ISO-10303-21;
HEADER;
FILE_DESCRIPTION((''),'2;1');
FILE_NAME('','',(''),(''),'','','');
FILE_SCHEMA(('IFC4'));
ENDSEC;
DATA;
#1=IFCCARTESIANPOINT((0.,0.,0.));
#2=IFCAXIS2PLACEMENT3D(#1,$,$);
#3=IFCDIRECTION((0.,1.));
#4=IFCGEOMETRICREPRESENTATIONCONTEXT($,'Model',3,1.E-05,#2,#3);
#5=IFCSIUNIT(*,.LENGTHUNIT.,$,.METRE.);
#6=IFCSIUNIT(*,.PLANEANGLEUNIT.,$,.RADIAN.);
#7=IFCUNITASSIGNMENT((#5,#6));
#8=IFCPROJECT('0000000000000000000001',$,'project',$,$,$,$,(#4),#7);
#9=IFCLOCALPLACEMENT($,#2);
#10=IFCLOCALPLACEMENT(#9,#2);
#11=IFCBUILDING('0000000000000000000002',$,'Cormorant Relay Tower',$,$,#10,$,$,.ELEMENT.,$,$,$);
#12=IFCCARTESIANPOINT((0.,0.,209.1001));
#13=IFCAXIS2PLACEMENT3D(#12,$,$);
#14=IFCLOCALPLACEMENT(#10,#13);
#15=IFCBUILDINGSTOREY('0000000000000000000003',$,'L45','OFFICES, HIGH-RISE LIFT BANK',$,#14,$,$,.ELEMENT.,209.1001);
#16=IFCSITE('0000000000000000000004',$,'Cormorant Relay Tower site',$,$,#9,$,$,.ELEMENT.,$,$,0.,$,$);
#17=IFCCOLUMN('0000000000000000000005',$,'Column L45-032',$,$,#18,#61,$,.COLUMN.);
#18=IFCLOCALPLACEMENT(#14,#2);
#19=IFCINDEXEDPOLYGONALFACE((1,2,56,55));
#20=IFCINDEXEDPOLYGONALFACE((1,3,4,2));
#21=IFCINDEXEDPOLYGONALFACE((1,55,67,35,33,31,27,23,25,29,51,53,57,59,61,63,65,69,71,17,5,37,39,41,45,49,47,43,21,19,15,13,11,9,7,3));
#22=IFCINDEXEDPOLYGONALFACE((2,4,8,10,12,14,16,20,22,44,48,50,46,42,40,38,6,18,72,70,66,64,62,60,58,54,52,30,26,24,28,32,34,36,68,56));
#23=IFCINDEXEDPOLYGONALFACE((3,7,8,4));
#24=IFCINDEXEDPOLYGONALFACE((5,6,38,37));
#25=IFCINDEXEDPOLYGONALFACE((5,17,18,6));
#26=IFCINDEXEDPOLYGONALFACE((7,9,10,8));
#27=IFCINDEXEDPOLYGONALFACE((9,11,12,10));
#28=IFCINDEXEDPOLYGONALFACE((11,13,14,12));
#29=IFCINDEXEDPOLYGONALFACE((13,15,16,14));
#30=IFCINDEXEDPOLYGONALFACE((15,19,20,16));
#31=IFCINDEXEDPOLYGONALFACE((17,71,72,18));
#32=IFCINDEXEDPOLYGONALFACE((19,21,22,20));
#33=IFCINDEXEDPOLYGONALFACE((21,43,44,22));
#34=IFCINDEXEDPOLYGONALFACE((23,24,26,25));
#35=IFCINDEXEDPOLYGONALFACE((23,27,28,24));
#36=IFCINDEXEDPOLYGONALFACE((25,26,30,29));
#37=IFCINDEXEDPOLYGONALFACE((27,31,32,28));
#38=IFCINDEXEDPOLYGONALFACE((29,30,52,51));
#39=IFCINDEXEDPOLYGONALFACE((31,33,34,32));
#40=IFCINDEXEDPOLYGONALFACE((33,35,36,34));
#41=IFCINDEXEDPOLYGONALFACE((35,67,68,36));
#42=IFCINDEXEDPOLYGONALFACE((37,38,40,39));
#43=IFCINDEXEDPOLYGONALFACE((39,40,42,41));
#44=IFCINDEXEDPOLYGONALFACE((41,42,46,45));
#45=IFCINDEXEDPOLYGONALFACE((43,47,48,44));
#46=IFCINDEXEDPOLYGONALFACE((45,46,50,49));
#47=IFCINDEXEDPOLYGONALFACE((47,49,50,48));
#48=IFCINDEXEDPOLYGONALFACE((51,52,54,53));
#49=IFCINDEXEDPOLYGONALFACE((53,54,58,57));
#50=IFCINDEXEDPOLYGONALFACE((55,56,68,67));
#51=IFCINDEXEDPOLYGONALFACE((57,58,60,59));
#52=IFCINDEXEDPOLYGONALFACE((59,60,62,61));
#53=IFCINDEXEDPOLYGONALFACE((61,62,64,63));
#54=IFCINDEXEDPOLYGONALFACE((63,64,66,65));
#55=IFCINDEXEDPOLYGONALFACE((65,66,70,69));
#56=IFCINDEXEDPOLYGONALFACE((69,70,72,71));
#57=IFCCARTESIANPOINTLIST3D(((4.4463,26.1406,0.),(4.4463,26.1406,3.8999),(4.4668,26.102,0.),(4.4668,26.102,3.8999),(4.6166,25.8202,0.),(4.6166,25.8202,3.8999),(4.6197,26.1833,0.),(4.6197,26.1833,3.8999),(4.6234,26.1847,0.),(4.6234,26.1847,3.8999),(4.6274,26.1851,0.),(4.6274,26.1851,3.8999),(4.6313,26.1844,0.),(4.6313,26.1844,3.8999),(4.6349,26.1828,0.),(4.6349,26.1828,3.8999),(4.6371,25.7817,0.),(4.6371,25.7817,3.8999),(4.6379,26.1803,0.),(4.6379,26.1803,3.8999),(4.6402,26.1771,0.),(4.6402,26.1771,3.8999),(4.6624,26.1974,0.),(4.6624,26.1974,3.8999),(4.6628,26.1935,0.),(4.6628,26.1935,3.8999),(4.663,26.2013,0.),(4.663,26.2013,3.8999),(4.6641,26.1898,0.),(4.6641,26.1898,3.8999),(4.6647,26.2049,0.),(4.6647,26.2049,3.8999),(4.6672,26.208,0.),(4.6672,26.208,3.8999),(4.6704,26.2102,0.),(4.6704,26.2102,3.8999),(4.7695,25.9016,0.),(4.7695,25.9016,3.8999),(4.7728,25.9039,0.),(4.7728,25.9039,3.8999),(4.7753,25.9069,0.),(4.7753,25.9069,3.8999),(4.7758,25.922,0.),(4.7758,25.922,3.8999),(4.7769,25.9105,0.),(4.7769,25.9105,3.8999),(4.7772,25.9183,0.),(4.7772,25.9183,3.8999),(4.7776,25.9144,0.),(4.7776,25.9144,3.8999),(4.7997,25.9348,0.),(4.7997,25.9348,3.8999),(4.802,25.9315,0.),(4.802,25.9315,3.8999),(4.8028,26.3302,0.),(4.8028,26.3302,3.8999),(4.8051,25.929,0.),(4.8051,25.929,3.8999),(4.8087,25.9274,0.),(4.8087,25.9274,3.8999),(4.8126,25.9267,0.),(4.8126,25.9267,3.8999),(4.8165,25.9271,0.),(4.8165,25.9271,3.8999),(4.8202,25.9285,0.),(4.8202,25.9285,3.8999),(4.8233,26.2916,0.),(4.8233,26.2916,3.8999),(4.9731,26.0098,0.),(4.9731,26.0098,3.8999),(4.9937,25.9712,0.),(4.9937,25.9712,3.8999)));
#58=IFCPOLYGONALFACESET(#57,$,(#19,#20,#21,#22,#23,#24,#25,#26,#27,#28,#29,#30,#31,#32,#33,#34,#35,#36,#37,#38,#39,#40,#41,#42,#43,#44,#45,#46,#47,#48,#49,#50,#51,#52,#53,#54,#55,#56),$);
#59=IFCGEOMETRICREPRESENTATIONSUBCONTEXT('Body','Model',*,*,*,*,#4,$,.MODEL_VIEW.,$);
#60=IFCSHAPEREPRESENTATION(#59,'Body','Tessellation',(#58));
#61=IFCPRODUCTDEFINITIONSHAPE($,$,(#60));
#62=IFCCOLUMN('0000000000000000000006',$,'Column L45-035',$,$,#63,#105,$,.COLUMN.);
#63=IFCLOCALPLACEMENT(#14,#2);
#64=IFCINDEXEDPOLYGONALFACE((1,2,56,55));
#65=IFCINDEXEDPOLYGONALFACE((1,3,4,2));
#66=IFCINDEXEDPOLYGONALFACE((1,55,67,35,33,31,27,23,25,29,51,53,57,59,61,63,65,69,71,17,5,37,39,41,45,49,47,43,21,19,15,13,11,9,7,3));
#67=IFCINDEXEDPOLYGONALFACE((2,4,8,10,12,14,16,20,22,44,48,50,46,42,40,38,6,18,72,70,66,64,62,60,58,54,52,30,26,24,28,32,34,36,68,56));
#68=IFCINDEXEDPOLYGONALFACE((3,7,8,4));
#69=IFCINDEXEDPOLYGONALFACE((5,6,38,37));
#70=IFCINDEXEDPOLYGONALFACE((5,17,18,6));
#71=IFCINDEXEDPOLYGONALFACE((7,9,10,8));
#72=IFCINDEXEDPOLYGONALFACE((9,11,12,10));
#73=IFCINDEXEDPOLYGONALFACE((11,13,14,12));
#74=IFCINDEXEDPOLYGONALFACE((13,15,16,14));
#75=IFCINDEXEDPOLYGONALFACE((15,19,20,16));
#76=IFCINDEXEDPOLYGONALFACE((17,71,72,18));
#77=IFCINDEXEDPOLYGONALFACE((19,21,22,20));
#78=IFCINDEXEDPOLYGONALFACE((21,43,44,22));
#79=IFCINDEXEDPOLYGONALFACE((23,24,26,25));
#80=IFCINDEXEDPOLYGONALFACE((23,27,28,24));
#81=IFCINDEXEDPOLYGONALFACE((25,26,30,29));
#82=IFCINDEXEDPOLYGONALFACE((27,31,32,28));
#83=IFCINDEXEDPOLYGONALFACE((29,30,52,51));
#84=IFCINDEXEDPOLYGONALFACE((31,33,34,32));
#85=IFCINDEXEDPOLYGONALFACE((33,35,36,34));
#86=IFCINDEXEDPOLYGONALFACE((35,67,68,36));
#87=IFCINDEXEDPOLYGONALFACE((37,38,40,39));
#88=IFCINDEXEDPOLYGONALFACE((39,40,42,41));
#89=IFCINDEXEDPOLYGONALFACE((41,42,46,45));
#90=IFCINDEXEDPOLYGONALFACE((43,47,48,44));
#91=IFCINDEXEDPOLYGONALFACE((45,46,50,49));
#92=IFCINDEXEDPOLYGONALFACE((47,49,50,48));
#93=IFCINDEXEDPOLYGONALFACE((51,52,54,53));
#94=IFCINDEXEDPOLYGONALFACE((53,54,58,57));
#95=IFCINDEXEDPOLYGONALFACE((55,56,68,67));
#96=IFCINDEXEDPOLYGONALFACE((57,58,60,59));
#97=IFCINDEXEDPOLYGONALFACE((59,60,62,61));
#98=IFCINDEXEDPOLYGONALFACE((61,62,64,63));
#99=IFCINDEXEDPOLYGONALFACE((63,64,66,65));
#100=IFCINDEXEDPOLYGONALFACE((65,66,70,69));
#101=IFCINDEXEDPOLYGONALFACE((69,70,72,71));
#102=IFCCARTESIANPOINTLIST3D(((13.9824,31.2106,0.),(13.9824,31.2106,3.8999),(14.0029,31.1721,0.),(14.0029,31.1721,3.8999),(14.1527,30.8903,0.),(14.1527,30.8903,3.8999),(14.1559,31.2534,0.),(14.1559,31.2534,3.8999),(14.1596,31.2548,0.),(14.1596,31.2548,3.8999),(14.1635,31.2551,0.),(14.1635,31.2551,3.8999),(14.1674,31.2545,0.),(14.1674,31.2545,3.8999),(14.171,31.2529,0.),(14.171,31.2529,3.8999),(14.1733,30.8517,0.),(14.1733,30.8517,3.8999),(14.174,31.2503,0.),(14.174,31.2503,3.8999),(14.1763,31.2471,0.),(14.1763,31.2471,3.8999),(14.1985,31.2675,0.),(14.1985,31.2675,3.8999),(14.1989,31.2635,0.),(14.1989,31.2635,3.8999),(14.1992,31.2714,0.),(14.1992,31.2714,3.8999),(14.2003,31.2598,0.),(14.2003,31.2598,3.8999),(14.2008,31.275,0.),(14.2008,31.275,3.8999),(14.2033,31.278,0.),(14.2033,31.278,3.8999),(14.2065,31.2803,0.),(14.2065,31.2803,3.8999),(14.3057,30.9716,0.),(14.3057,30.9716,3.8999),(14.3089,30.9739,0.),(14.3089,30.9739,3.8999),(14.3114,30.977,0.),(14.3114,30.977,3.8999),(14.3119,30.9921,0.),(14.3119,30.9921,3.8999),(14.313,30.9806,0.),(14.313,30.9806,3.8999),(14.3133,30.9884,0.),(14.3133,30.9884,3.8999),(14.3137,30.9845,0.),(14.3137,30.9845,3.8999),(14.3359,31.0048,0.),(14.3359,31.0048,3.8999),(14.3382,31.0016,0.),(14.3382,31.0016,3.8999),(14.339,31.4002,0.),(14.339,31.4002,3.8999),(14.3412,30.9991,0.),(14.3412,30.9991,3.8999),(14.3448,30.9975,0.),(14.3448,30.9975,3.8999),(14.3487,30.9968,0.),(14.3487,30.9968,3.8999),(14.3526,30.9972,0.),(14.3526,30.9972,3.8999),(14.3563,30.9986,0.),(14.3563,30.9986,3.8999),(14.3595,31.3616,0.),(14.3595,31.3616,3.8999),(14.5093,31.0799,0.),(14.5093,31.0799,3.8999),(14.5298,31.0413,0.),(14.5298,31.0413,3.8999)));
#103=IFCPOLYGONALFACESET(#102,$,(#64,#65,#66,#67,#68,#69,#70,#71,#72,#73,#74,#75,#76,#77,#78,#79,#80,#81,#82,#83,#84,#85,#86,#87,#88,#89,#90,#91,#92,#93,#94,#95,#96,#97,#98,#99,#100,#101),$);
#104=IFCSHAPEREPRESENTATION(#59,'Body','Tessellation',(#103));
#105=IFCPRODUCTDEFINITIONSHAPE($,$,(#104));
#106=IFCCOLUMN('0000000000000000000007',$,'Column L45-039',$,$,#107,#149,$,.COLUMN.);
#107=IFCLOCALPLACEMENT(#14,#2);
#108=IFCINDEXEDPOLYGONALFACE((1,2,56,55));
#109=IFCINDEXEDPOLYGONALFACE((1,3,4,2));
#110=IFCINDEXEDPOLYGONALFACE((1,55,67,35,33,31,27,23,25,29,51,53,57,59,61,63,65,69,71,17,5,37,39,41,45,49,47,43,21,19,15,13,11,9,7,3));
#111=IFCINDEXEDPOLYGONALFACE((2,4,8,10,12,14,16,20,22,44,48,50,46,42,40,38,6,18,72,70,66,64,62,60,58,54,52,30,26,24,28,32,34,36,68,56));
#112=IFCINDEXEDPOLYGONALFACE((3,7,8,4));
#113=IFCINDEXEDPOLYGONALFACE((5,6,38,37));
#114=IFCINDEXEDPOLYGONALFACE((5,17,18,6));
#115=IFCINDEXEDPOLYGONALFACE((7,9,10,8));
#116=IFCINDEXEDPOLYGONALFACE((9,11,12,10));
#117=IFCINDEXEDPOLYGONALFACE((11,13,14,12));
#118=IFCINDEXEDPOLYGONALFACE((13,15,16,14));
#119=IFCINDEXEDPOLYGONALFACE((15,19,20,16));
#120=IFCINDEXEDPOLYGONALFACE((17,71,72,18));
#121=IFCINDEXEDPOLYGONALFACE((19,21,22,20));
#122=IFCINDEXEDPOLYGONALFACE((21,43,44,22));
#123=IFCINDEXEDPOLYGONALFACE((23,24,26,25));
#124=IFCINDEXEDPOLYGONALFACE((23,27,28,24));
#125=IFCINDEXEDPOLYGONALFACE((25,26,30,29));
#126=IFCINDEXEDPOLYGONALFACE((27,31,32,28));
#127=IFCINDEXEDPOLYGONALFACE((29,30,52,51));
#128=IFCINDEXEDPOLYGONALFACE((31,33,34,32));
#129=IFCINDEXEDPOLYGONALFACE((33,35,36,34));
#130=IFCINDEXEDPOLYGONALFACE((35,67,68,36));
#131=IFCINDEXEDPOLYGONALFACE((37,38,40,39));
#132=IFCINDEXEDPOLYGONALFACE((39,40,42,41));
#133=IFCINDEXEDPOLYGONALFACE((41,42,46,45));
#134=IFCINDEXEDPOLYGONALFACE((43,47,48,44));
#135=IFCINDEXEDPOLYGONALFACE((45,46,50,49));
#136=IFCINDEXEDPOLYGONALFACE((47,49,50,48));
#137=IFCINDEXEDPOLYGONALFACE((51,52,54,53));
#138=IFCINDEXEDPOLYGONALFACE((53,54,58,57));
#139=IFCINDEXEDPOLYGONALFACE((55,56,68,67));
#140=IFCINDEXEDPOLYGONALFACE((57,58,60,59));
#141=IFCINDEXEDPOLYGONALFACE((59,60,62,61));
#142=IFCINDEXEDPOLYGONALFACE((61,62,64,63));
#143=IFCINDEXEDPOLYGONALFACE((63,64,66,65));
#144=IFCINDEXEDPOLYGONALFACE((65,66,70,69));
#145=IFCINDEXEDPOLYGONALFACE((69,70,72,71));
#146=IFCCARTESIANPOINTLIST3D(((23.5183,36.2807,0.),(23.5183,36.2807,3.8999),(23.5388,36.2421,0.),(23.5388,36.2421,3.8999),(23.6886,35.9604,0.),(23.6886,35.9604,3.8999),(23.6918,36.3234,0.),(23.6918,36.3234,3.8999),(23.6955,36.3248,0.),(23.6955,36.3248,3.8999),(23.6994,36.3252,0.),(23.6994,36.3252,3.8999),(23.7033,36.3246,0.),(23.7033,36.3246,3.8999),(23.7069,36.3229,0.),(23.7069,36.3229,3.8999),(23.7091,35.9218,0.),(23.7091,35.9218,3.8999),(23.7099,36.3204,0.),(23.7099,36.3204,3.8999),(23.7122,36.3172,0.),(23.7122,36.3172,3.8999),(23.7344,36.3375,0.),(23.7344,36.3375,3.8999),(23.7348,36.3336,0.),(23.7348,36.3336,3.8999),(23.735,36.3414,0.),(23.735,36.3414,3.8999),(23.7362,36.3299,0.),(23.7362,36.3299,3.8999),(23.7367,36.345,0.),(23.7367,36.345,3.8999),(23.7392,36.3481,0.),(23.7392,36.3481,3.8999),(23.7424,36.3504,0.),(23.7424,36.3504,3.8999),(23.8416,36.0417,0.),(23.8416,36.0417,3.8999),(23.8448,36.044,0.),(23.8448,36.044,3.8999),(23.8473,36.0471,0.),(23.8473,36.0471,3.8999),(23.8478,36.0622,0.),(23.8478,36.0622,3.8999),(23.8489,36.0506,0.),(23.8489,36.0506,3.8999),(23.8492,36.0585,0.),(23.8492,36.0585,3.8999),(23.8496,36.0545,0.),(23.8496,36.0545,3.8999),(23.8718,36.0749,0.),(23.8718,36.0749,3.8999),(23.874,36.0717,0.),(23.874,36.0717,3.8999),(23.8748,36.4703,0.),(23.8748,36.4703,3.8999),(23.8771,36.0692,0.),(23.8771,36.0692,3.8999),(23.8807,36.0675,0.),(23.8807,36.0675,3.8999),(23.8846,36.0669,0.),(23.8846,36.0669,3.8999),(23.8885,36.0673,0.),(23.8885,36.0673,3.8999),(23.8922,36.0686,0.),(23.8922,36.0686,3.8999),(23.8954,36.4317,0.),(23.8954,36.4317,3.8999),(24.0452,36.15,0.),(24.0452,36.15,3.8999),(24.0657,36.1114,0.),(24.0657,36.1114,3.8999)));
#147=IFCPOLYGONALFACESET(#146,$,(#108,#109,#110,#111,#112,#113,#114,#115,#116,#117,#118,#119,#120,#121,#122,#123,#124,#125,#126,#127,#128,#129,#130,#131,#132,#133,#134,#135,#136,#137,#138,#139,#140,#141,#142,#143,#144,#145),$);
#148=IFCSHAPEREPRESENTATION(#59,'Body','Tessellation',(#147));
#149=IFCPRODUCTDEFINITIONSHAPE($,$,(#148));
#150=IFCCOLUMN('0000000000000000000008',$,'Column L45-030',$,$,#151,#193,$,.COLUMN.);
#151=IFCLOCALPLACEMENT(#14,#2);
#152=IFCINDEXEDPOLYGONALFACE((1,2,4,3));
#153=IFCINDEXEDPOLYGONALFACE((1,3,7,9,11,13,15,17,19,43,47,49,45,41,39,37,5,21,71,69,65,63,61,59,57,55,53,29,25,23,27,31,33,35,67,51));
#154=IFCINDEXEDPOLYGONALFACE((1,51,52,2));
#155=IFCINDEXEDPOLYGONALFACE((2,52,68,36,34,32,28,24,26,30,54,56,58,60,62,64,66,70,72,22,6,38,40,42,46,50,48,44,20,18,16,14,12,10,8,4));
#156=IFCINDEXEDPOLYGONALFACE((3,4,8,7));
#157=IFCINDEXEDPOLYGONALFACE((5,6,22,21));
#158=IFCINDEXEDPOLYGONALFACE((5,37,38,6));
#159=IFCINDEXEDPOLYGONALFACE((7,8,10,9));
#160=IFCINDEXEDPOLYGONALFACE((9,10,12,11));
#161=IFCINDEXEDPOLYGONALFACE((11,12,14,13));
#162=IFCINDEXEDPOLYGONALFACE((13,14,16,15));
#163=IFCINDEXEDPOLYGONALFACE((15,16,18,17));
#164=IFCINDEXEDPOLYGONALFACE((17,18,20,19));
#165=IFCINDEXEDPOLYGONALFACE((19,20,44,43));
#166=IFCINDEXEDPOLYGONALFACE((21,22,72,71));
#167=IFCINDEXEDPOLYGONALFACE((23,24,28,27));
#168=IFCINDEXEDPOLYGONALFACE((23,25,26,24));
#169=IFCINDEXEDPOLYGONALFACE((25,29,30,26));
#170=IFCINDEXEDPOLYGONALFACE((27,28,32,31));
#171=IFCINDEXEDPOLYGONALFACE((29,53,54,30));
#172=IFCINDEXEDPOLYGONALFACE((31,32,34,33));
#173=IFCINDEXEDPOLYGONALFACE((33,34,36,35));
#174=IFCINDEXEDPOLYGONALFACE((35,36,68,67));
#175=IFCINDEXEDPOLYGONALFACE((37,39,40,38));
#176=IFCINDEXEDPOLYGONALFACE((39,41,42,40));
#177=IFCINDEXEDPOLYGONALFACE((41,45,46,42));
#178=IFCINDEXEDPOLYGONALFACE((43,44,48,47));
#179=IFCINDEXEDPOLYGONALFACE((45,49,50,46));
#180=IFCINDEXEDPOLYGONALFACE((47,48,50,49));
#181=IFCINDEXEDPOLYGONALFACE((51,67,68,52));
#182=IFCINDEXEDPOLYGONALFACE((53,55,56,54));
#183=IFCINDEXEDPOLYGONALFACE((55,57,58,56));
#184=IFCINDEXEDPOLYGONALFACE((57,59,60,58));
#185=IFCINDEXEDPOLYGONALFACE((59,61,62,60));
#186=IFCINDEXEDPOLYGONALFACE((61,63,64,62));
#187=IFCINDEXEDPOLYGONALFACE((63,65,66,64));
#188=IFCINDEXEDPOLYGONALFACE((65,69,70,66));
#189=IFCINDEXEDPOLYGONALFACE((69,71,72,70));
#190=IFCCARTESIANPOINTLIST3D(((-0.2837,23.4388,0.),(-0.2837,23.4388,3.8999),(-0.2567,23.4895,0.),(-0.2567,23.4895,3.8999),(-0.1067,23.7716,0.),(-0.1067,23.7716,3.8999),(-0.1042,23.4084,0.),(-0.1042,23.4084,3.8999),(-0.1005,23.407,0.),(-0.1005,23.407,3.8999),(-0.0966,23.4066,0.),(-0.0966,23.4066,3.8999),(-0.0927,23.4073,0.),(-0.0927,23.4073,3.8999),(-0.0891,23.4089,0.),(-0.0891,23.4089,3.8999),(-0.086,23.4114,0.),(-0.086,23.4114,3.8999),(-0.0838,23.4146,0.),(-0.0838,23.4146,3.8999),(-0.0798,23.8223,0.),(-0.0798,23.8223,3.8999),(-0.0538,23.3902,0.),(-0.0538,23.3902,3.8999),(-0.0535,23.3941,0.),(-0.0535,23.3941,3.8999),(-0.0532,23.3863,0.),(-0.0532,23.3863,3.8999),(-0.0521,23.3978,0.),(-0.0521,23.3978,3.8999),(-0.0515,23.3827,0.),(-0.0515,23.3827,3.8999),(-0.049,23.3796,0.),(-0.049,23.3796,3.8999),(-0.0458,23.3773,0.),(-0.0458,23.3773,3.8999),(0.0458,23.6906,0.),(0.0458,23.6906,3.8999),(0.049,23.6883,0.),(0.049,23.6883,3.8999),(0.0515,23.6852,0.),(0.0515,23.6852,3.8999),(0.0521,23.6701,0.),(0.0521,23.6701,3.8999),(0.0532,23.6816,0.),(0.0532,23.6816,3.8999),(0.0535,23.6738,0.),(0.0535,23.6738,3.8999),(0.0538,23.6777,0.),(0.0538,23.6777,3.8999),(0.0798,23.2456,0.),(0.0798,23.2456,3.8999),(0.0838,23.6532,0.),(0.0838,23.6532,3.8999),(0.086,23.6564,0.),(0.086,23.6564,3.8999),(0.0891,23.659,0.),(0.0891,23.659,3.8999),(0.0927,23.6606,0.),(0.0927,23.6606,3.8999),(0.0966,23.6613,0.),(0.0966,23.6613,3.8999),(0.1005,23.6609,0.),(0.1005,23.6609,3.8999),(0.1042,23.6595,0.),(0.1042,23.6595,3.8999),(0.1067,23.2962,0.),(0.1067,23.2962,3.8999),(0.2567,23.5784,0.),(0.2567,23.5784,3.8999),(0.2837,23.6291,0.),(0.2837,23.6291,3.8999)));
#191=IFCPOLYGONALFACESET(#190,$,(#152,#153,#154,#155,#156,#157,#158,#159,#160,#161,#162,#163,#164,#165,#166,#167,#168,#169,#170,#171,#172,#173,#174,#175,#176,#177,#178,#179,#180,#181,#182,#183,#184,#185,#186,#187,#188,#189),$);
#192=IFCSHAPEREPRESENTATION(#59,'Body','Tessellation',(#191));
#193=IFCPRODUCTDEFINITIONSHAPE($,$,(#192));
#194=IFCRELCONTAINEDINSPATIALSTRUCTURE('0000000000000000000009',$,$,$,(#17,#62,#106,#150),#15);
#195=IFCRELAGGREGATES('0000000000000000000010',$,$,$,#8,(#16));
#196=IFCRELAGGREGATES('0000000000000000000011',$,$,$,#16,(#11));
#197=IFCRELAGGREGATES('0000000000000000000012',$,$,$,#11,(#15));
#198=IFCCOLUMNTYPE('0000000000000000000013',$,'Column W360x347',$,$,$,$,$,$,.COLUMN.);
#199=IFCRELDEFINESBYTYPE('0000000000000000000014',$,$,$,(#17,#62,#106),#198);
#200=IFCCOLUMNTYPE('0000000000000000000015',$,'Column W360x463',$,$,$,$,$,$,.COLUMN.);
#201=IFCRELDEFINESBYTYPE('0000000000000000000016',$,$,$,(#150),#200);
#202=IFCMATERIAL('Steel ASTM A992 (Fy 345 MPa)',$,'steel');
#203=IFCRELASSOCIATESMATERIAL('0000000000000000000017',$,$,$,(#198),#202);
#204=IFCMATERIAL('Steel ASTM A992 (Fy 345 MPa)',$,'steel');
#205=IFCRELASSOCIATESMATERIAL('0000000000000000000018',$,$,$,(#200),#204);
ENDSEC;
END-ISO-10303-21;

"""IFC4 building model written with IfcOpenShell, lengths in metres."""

from ifc_helpers import new_model, si_unit, direction, frame, origin, origin_2d, place, context, subcontext, project, spatial, i_section, extrude, material, material_profile, profile_set, type_object, element, save


model = new_model("IFC4")

# Units and contexts
model_context = context("Model", 3, precision=1e-05, world=origin(), true_north=direction((0.0, 1.0)))
body_context = subcontext(model_context, "Body", "Model", "MODEL_VIEW")
ifc_project = project(units=[si_unit("LENGTHUNIT", "METRE"), si_unit("PLANEANGLEUNIT", "RADIAN")], contexts=[model_context])

# Site, building, storey
site_placement = place(None, origin())
site = spatial("IfcSite", under=ifc_project, at=site_placement, Name="Cormorant Relay Tower site", CompositionType="ELEMENT", RefElevation=0.0)
building_placement = place(site_placement, origin())
building = spatial("IfcBuilding", under=site, at=building_placement, Name="Cormorant Relay Tower", CompositionType="ELEMENT")
storey_placement = place(building_placement, frame((0.0, 0.0, 209.1001)))
storey = spatial("IfcBuildingStorey", under=building, at=storey_placement, Name="L45", Description="OFFICES, HIGH-RISE LIFT BANK", CompositionType="ELEMENT", Elevation=209.1001)

# Columns
ifc_material_1 = material(Name="Steel ASTM A992 (Fy 345 MPa)", Category="steel")
ifc_material_profile_1 = material_profile(ifc_material_1, i_section(OverallWidth=0.4038, OverallDepth=0.4065, WebThickness=0.0271, FlangeThickness=0.0437, FilletRadius=0.0151, at=origin_2d()), Name="W360x347")
ifc_profile_set_1 = profile_set([ifc_material_profile_1], Name="Steel ASTM A992 (Fy 345 MPa)")
column_type_1 = type_object("IfcColumnType", Name="Column W360x347", PredefinedType="COLUMN", material=ifc_profile_set_1)
for number, where, z_axis, x_axis, name in (
    (1, (4.72, 26.0559, 0.0), (0.0, 0.0, 1.0), (-0.882948, -0.469472, 0.0), "Column L45-032"),
    (2, (14.2561, 31.126, 0.0), (0.0, 0.0, 1.0), (-0.882948, -0.469472, 0.0), "Column L45-035"),
    (3, (23.792, 36.196, 0.0), (0.0, 0.0, 1.0), (-0.882948, -0.469472, 0.0), "Column L45-039"),
):
    element("IfcColumn", number, at=place(storey_placement, frame(where, z_axis=z_axis, x_axis=x_axis)), inside=storey, type_object=column_type_1, Name=name, PredefinedType="COLUMN", context=body_context, shape_type="SweptSolid", body=[
        extrude(i_section(OverallWidth=0.4038, OverallDepth=0.4065, WebThickness=0.0271, FlangeThickness=0.0437, FilletRadius=0.0151, at=origin_2d()), origin(), (0.0, 0.0, 1.0), 3.8999),
    ])
ifc_material_2 = material(Name="Steel ASTM A992 (Fy 345 MPa)", Category="steel")
ifc_material_profile_2 = material_profile(ifc_material_2, i_section(OverallWidth=0.4116, OverallDepth=0.4343, WebThickness=0.0359, FlangeThickness=0.0574, FilletRadius=0.0151, at=origin_2d()), Name="W360x463")
ifc_profile_set_2 = profile_set([ifc_material_profile_2], Name="Steel ASTM A992 (Fy 345 MPa)")
column_type_2 = type_object("IfcColumnType", Name="Column W360x463", PredefinedType="COLUMN", material=ifc_profile_set_2)
column_placement = place(storey_placement, frame((0.0, 23.5339, 0.0), z_axis=(0.0, 0.0, 1.0), x_axis=(-0.882948, 0.469472, 0.0)))
element("IfcColumn", 4, at=column_placement, inside=storey, type_object=column_type_2, Name="Column L45-030", PredefinedType="COLUMN", context=body_context, shape_type="SweptSolid", body=[
    extrude(i_section(OverallWidth=0.4116, OverallDepth=0.4343, WebThickness=0.0359, FlangeThickness=0.0574, FilletRadius=0.0151, at=origin_2d()), origin(), (0.0, 0.0, 1.0), 3.8999),
])

save(model, "model.ifc")
